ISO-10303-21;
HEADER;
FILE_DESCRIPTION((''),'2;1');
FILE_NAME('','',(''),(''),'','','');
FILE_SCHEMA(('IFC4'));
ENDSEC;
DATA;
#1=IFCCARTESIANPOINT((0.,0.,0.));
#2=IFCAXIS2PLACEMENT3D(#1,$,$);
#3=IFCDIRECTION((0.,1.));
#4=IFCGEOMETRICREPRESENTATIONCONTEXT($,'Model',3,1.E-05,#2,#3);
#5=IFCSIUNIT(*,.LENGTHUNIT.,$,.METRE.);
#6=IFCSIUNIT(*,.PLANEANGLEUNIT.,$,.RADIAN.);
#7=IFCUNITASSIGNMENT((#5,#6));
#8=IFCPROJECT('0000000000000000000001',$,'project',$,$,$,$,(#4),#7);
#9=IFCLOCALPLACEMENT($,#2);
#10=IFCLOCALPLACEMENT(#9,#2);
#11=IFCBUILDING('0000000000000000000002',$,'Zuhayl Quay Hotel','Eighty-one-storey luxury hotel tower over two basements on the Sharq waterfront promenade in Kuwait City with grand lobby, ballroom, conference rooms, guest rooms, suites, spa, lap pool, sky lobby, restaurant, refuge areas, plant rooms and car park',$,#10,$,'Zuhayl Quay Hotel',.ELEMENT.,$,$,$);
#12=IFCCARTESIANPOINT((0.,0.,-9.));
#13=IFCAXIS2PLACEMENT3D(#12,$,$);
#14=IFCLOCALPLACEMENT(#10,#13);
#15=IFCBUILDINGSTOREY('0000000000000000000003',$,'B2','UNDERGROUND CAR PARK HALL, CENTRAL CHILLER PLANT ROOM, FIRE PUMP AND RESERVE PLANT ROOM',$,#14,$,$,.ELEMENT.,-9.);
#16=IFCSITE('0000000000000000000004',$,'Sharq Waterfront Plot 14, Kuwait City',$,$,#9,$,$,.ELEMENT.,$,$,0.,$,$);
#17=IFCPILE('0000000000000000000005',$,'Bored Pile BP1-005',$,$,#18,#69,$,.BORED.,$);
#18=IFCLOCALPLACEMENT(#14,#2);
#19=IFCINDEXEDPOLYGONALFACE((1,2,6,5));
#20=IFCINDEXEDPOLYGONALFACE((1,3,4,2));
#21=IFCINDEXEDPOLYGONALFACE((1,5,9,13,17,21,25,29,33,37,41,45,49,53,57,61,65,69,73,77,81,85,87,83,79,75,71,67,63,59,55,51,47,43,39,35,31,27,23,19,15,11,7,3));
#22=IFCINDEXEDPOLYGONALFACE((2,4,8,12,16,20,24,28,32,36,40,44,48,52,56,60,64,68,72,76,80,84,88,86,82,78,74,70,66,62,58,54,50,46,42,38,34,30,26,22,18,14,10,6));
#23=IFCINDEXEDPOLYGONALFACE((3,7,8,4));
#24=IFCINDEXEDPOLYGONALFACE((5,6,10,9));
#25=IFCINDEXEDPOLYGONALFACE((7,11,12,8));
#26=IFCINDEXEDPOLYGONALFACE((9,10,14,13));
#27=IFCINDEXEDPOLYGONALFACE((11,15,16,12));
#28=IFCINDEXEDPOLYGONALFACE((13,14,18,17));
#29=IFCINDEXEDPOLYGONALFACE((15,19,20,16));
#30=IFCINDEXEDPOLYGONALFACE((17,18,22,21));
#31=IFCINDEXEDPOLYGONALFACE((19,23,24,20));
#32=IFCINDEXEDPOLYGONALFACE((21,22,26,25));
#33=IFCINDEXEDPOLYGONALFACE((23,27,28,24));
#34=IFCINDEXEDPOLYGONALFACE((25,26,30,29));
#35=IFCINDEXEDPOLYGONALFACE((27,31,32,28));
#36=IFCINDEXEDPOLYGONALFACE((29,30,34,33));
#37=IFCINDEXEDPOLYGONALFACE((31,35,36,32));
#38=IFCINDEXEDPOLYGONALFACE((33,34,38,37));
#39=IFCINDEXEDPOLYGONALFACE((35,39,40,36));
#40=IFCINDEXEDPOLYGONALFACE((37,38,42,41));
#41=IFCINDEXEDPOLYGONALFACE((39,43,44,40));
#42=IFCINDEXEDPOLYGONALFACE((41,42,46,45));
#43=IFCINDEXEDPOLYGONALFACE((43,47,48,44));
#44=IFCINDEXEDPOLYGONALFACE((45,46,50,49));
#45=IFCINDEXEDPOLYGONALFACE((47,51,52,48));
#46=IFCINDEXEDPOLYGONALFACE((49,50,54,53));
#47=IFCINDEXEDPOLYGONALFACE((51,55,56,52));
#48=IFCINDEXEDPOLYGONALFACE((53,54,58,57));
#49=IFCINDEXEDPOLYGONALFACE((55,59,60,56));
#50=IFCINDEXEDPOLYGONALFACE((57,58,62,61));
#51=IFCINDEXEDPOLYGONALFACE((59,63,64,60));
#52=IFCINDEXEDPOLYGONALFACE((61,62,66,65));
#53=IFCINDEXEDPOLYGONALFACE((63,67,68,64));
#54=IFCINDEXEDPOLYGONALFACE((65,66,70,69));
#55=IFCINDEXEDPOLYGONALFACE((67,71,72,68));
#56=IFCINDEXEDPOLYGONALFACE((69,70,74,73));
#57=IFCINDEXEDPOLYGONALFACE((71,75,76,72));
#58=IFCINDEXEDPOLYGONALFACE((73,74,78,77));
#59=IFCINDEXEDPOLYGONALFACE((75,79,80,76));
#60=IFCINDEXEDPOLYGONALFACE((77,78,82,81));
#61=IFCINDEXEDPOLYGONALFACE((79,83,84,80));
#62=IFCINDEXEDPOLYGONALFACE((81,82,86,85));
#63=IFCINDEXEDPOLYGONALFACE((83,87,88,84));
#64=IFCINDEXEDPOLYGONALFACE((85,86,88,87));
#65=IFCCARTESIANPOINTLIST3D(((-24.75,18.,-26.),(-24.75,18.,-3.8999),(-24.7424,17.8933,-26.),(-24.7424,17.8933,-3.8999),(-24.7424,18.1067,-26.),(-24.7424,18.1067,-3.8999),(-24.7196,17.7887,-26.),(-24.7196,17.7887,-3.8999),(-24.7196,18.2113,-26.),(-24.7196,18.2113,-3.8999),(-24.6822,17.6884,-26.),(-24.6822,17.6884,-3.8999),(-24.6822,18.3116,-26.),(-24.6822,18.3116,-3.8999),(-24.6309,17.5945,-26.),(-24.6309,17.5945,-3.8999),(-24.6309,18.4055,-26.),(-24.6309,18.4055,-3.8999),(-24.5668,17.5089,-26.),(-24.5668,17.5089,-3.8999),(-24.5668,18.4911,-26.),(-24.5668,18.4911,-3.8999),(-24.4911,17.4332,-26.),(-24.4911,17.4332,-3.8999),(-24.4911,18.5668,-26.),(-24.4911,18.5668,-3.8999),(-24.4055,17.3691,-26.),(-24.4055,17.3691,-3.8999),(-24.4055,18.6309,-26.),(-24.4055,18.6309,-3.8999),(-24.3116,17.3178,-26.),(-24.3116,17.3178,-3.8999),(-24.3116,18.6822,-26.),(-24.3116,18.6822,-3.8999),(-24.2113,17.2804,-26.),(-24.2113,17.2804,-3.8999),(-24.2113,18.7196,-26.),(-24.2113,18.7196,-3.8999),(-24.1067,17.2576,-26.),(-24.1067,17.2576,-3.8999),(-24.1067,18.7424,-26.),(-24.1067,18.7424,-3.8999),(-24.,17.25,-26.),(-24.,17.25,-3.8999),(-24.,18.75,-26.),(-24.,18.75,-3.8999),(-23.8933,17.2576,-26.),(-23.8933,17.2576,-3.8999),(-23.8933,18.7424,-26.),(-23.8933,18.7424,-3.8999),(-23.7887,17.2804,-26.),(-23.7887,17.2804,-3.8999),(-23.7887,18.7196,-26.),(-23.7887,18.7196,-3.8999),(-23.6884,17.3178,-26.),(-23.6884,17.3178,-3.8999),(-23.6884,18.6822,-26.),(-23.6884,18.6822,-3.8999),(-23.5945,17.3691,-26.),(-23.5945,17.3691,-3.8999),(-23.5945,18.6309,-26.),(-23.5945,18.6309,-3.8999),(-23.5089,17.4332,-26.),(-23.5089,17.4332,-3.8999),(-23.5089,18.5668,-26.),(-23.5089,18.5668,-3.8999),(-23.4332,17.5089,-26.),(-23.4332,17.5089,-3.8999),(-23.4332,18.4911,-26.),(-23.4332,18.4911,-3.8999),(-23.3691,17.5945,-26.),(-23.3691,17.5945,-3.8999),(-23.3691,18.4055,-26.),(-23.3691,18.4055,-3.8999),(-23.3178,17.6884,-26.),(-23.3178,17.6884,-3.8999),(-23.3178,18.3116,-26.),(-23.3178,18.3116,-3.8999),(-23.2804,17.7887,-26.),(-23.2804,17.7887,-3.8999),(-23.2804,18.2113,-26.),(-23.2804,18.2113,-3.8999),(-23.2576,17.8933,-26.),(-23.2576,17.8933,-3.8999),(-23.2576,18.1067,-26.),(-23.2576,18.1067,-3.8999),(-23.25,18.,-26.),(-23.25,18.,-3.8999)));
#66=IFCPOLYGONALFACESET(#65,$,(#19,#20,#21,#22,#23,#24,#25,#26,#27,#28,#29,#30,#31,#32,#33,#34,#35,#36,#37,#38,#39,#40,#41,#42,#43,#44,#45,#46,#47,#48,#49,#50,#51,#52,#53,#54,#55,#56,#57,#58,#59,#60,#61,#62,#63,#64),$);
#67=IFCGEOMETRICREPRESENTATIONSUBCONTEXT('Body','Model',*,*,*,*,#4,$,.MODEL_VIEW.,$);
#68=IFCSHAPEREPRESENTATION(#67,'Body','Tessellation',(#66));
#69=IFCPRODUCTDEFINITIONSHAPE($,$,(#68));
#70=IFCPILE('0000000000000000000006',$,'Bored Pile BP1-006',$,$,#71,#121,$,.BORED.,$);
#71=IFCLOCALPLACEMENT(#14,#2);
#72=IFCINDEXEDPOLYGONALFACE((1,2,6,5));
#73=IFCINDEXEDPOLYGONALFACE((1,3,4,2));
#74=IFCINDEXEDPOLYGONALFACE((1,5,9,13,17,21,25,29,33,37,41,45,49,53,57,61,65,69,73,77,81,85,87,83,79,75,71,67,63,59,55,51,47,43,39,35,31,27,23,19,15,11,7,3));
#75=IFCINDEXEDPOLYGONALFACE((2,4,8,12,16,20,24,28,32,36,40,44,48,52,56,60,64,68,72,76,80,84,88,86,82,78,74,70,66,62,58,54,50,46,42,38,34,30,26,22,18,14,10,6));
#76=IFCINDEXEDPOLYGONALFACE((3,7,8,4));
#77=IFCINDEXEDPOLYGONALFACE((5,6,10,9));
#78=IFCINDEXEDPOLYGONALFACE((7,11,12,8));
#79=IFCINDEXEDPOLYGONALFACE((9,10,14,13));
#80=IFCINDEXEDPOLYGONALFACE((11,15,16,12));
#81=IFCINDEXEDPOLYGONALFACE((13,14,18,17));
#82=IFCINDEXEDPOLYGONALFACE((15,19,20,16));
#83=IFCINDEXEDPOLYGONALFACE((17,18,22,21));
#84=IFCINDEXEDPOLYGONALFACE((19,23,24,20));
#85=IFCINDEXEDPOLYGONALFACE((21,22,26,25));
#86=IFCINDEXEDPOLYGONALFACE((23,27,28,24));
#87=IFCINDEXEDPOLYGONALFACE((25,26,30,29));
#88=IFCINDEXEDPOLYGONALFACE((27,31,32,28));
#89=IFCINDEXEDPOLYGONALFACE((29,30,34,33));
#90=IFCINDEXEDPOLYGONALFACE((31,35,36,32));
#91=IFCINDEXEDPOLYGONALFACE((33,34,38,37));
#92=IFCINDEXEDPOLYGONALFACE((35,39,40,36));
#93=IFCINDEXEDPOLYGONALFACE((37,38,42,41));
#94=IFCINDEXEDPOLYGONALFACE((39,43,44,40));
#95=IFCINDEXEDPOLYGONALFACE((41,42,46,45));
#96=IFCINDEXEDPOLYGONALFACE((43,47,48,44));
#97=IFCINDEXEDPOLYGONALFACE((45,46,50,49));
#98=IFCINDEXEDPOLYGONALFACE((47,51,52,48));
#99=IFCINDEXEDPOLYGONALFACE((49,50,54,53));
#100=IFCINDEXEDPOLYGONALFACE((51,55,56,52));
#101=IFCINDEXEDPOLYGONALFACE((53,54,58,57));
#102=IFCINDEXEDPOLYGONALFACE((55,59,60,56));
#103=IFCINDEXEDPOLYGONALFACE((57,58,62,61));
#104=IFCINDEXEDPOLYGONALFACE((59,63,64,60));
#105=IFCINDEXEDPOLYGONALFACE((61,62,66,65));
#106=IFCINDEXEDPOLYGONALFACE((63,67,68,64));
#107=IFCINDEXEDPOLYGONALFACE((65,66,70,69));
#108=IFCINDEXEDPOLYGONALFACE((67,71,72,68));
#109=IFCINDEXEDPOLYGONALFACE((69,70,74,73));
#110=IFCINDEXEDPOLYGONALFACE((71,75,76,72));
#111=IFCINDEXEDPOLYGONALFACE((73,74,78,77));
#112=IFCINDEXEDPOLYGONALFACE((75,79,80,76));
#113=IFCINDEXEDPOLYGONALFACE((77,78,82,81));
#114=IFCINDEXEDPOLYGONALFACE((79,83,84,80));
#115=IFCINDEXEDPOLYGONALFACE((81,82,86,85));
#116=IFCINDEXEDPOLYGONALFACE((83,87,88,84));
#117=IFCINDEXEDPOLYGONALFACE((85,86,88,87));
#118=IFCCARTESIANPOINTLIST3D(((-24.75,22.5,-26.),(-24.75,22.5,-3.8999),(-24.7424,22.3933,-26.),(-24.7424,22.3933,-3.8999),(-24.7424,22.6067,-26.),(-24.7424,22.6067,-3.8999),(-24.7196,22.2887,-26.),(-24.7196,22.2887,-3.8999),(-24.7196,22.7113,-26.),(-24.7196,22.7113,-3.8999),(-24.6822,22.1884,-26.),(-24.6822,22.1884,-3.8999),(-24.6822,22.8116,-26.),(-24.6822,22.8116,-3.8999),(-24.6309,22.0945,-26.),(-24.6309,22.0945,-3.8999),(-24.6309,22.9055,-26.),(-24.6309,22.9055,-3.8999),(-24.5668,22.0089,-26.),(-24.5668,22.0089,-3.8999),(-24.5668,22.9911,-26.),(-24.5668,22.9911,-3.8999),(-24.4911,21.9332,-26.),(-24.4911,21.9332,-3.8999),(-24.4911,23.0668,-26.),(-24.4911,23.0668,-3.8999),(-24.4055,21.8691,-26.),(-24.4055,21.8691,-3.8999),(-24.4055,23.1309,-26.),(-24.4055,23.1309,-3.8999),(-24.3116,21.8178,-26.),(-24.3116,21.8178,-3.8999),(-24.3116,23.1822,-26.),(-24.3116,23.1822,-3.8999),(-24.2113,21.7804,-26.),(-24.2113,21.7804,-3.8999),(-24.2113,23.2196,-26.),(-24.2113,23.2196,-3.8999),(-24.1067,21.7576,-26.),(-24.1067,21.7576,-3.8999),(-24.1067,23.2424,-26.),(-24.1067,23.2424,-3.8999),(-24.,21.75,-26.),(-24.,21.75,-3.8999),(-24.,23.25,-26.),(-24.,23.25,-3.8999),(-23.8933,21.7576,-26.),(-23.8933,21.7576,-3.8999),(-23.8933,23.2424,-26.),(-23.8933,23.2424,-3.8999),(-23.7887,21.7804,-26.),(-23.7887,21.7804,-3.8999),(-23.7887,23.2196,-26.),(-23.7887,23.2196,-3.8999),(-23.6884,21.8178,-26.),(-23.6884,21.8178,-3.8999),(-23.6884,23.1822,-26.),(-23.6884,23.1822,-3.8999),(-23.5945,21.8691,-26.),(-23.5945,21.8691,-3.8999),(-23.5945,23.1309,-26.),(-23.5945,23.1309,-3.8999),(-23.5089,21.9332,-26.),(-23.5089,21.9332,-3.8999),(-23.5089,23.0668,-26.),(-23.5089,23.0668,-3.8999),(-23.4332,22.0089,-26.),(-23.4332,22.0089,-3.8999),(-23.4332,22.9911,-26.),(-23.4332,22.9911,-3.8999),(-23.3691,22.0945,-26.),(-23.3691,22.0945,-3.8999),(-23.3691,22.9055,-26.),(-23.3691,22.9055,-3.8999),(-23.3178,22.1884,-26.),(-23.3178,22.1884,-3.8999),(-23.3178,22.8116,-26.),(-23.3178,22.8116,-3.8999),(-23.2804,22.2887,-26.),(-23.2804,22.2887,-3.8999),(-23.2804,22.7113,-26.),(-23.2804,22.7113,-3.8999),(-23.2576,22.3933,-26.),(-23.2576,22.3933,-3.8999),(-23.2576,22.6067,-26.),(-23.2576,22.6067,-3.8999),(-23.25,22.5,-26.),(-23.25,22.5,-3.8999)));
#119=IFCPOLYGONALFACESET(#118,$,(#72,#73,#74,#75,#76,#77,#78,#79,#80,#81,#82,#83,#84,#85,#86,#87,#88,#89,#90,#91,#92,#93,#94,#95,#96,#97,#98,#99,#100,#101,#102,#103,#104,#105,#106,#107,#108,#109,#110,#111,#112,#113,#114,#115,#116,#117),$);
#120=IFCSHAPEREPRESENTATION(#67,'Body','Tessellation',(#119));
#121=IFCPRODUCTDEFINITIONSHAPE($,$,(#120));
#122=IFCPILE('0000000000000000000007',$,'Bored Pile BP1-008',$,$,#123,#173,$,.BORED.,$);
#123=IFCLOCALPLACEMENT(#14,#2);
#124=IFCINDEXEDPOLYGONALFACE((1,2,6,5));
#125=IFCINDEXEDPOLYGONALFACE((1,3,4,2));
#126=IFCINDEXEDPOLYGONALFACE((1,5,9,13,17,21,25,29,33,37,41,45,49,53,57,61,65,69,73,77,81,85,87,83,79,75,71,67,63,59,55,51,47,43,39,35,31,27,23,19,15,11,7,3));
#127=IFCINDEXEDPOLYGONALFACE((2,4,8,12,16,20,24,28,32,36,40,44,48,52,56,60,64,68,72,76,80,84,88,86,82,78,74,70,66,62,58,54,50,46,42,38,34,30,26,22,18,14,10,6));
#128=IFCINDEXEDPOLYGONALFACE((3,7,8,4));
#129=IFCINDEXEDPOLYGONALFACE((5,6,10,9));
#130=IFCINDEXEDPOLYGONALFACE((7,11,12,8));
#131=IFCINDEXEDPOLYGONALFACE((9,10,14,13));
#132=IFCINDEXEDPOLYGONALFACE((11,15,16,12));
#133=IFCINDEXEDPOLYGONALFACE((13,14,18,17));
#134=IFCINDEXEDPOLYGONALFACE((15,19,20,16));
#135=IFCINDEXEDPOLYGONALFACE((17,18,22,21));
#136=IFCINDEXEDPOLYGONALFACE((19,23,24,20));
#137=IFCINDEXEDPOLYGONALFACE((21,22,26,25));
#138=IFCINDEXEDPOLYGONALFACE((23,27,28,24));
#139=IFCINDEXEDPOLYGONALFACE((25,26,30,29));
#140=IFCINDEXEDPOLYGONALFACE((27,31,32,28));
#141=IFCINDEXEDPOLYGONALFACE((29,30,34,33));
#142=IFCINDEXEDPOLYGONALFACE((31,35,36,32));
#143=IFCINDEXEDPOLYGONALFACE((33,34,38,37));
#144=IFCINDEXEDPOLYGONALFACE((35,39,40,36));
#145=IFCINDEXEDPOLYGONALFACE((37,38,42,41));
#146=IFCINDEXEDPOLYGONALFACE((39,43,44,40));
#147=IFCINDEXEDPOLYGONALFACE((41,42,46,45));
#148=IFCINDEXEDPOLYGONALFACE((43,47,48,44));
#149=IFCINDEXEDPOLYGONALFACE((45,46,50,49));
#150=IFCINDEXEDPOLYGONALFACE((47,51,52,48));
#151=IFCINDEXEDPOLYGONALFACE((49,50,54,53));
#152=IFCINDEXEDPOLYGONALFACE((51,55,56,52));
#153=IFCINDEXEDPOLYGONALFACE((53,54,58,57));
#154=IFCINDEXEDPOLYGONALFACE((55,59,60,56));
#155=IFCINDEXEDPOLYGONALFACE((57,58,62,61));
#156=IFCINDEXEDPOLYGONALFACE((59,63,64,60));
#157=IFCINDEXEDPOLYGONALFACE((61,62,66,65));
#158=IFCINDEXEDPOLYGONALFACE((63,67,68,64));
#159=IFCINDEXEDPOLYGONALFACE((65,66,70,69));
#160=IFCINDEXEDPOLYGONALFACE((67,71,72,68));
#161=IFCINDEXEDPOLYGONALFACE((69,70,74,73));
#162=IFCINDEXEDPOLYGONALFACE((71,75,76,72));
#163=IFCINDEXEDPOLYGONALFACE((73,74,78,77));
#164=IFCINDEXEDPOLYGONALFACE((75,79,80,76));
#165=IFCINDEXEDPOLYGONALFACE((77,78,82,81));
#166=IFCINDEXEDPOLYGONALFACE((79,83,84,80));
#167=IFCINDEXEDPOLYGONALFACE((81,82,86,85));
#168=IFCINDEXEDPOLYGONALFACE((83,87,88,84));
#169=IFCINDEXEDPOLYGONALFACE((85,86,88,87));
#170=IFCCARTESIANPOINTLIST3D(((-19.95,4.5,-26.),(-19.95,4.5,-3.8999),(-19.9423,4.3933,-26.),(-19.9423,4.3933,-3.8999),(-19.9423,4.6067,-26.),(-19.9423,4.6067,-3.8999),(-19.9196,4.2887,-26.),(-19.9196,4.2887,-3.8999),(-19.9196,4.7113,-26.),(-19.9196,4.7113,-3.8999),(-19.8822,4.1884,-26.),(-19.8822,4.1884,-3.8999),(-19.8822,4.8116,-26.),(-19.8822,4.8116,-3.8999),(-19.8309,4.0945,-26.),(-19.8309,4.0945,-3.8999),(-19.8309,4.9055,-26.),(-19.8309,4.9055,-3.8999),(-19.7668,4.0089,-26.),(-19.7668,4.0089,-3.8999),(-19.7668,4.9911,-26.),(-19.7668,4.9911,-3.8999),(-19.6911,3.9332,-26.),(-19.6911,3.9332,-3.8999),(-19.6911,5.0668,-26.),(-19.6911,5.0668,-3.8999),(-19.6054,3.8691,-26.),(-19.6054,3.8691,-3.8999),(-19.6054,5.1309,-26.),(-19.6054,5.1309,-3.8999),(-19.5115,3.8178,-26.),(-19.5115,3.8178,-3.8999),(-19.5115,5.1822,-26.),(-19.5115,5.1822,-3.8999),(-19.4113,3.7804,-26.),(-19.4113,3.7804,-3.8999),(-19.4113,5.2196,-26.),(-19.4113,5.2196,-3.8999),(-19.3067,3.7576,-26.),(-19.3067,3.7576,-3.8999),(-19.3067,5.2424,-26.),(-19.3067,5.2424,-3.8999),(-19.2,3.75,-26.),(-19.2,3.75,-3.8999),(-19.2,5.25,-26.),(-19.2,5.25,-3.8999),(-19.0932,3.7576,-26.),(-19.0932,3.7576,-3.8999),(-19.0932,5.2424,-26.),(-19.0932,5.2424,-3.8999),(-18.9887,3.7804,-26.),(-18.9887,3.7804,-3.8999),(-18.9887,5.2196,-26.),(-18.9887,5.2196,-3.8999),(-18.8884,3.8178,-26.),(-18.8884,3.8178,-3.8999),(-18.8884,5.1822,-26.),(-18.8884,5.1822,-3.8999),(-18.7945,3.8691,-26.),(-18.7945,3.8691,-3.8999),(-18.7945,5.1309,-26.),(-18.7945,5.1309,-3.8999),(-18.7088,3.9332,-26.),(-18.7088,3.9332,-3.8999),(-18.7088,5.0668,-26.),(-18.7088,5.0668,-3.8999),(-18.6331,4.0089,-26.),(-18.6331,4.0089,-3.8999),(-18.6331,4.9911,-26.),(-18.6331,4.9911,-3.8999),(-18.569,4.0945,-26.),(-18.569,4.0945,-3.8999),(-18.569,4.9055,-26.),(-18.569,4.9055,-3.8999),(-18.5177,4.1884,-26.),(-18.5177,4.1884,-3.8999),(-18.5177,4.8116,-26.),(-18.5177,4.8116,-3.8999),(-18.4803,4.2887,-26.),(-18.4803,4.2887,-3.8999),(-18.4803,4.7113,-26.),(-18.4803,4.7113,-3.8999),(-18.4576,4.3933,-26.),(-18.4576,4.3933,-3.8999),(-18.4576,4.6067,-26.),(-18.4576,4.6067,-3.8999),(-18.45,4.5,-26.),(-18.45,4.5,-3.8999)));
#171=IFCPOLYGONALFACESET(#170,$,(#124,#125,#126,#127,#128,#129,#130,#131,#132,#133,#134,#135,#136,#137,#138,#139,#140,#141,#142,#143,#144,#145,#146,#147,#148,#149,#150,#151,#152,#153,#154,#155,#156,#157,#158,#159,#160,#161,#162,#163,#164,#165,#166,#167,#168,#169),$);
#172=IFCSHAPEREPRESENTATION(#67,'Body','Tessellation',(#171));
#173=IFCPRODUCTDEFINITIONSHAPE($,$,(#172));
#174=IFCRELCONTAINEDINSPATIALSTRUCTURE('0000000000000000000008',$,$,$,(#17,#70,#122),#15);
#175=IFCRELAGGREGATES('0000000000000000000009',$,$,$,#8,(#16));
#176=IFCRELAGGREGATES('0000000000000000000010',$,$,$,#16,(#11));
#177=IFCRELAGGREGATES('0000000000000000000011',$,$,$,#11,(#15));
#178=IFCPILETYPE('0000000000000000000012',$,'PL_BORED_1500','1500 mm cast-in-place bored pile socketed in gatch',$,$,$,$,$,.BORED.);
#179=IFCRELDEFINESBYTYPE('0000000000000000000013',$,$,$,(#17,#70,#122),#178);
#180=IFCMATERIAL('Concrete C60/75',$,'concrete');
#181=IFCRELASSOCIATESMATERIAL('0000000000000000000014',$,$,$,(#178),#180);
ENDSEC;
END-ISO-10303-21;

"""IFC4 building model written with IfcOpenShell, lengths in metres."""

from ifc_helpers import new_model, si_unit, direction, frame, origin, origin_2d, place, context, subcontext, project, spatial, circle, extrude, material, material_profile, profile_set, type_object, element, save


model = new_model("IFC4")

# Units and contexts
model_context = context("Model", 3, precision=1e-05, world=origin(), true_north=direction((0.0, 1.0)))
body_context = subcontext(model_context, "Body", "Model", "MODEL_VIEW")
ifc_project = project(units=[si_unit("LENGTHUNIT", "METRE"), si_unit("PLANEANGLEUNIT", "RADIAN")], contexts=[model_context])

# Site, building, storey
site_placement = place(None, origin())
site = spatial("IfcSite", under=ifc_project, at=site_placement, Name="Sharq Waterfront Plot 14, Kuwait City", CompositionType="ELEMENT", RefElevation=0.0)
building_placement = place(site_placement, origin())
building = spatial("IfcBuilding", under=site, at=building_placement, Name="Zuhayl Quay Hotel", Description="Eighty-one-storey luxury hotel tower over two basements on the Sharq waterfront promenade in Kuwait City with grand lobby, ballroom, conference rooms, guest rooms, suites, spa, lap pool, sky lobby, restaurant, refuge areas, plant rooms and car park", LongName="Zuhayl Quay Hotel", CompositionType="ELEMENT")
storey_placement = place(building_placement, frame((0.0, 0.0, -9.0)))
storey = spatial("IfcBuildingStorey", under=building, at=storey_placement, Name="B2", Description="UNDERGROUND CAR PARK HALL, CENTRAL CHILLER PLANT ROOM, FIRE PUMP AND RESERVE PLANT ROOM", CompositionType="ELEMENT", Elevation=-9.0)

# Piles
ifc_material_1 = material(Name="Concrete C60/75", Category="concrete")
ifc_material_profile_1 = material_profile(ifc_material_1, circle(Radius=0.75, at=origin_2d()), Name="PILE1500")
ifc_profile_set_1 = profile_set([ifc_material_profile_1], Name="Concrete C60/75")
pile_type = type_object("IfcPileType", Name="PL_BORED_1500", Description="1500 mm cast-in-place bored pile socketed in gatch", PredefinedType="BORED", material=ifc_profile_set_1)
for number, where, z_axis, x_axis, name in (
    (1, (-24.0, 18.0, -3.8999), (0.0, 0.0, -1.0), (1.0, 0.0, 0.0), "Bored Pile BP1-005"),
    (2, (-24.0, 22.5, -3.8999), (0.0, 0.0, -1.0), (1.0, 0.0, 0.0), "Bored Pile BP1-006"),
    (3, (-19.2, 4.5, -3.8999), (0.0, 0.0, -1.0), (1.0, 0.0, 0.0), "Bored Pile BP1-008"),
):
    element("IfcPile", number, at=place(storey_placement, frame(where, z_axis=z_axis, x_axis=x_axis)), inside=storey, type_object=pile_type, Name=name, PredefinedType="BORED", context=body_context, shape_type="SweptSolid", body=[
        extrude(circle(Radius=0.75, at=origin_2d()), origin(), (0.0, 0.0, 1.0), 22.1001),
    ])

save(model, "model.ifc")
